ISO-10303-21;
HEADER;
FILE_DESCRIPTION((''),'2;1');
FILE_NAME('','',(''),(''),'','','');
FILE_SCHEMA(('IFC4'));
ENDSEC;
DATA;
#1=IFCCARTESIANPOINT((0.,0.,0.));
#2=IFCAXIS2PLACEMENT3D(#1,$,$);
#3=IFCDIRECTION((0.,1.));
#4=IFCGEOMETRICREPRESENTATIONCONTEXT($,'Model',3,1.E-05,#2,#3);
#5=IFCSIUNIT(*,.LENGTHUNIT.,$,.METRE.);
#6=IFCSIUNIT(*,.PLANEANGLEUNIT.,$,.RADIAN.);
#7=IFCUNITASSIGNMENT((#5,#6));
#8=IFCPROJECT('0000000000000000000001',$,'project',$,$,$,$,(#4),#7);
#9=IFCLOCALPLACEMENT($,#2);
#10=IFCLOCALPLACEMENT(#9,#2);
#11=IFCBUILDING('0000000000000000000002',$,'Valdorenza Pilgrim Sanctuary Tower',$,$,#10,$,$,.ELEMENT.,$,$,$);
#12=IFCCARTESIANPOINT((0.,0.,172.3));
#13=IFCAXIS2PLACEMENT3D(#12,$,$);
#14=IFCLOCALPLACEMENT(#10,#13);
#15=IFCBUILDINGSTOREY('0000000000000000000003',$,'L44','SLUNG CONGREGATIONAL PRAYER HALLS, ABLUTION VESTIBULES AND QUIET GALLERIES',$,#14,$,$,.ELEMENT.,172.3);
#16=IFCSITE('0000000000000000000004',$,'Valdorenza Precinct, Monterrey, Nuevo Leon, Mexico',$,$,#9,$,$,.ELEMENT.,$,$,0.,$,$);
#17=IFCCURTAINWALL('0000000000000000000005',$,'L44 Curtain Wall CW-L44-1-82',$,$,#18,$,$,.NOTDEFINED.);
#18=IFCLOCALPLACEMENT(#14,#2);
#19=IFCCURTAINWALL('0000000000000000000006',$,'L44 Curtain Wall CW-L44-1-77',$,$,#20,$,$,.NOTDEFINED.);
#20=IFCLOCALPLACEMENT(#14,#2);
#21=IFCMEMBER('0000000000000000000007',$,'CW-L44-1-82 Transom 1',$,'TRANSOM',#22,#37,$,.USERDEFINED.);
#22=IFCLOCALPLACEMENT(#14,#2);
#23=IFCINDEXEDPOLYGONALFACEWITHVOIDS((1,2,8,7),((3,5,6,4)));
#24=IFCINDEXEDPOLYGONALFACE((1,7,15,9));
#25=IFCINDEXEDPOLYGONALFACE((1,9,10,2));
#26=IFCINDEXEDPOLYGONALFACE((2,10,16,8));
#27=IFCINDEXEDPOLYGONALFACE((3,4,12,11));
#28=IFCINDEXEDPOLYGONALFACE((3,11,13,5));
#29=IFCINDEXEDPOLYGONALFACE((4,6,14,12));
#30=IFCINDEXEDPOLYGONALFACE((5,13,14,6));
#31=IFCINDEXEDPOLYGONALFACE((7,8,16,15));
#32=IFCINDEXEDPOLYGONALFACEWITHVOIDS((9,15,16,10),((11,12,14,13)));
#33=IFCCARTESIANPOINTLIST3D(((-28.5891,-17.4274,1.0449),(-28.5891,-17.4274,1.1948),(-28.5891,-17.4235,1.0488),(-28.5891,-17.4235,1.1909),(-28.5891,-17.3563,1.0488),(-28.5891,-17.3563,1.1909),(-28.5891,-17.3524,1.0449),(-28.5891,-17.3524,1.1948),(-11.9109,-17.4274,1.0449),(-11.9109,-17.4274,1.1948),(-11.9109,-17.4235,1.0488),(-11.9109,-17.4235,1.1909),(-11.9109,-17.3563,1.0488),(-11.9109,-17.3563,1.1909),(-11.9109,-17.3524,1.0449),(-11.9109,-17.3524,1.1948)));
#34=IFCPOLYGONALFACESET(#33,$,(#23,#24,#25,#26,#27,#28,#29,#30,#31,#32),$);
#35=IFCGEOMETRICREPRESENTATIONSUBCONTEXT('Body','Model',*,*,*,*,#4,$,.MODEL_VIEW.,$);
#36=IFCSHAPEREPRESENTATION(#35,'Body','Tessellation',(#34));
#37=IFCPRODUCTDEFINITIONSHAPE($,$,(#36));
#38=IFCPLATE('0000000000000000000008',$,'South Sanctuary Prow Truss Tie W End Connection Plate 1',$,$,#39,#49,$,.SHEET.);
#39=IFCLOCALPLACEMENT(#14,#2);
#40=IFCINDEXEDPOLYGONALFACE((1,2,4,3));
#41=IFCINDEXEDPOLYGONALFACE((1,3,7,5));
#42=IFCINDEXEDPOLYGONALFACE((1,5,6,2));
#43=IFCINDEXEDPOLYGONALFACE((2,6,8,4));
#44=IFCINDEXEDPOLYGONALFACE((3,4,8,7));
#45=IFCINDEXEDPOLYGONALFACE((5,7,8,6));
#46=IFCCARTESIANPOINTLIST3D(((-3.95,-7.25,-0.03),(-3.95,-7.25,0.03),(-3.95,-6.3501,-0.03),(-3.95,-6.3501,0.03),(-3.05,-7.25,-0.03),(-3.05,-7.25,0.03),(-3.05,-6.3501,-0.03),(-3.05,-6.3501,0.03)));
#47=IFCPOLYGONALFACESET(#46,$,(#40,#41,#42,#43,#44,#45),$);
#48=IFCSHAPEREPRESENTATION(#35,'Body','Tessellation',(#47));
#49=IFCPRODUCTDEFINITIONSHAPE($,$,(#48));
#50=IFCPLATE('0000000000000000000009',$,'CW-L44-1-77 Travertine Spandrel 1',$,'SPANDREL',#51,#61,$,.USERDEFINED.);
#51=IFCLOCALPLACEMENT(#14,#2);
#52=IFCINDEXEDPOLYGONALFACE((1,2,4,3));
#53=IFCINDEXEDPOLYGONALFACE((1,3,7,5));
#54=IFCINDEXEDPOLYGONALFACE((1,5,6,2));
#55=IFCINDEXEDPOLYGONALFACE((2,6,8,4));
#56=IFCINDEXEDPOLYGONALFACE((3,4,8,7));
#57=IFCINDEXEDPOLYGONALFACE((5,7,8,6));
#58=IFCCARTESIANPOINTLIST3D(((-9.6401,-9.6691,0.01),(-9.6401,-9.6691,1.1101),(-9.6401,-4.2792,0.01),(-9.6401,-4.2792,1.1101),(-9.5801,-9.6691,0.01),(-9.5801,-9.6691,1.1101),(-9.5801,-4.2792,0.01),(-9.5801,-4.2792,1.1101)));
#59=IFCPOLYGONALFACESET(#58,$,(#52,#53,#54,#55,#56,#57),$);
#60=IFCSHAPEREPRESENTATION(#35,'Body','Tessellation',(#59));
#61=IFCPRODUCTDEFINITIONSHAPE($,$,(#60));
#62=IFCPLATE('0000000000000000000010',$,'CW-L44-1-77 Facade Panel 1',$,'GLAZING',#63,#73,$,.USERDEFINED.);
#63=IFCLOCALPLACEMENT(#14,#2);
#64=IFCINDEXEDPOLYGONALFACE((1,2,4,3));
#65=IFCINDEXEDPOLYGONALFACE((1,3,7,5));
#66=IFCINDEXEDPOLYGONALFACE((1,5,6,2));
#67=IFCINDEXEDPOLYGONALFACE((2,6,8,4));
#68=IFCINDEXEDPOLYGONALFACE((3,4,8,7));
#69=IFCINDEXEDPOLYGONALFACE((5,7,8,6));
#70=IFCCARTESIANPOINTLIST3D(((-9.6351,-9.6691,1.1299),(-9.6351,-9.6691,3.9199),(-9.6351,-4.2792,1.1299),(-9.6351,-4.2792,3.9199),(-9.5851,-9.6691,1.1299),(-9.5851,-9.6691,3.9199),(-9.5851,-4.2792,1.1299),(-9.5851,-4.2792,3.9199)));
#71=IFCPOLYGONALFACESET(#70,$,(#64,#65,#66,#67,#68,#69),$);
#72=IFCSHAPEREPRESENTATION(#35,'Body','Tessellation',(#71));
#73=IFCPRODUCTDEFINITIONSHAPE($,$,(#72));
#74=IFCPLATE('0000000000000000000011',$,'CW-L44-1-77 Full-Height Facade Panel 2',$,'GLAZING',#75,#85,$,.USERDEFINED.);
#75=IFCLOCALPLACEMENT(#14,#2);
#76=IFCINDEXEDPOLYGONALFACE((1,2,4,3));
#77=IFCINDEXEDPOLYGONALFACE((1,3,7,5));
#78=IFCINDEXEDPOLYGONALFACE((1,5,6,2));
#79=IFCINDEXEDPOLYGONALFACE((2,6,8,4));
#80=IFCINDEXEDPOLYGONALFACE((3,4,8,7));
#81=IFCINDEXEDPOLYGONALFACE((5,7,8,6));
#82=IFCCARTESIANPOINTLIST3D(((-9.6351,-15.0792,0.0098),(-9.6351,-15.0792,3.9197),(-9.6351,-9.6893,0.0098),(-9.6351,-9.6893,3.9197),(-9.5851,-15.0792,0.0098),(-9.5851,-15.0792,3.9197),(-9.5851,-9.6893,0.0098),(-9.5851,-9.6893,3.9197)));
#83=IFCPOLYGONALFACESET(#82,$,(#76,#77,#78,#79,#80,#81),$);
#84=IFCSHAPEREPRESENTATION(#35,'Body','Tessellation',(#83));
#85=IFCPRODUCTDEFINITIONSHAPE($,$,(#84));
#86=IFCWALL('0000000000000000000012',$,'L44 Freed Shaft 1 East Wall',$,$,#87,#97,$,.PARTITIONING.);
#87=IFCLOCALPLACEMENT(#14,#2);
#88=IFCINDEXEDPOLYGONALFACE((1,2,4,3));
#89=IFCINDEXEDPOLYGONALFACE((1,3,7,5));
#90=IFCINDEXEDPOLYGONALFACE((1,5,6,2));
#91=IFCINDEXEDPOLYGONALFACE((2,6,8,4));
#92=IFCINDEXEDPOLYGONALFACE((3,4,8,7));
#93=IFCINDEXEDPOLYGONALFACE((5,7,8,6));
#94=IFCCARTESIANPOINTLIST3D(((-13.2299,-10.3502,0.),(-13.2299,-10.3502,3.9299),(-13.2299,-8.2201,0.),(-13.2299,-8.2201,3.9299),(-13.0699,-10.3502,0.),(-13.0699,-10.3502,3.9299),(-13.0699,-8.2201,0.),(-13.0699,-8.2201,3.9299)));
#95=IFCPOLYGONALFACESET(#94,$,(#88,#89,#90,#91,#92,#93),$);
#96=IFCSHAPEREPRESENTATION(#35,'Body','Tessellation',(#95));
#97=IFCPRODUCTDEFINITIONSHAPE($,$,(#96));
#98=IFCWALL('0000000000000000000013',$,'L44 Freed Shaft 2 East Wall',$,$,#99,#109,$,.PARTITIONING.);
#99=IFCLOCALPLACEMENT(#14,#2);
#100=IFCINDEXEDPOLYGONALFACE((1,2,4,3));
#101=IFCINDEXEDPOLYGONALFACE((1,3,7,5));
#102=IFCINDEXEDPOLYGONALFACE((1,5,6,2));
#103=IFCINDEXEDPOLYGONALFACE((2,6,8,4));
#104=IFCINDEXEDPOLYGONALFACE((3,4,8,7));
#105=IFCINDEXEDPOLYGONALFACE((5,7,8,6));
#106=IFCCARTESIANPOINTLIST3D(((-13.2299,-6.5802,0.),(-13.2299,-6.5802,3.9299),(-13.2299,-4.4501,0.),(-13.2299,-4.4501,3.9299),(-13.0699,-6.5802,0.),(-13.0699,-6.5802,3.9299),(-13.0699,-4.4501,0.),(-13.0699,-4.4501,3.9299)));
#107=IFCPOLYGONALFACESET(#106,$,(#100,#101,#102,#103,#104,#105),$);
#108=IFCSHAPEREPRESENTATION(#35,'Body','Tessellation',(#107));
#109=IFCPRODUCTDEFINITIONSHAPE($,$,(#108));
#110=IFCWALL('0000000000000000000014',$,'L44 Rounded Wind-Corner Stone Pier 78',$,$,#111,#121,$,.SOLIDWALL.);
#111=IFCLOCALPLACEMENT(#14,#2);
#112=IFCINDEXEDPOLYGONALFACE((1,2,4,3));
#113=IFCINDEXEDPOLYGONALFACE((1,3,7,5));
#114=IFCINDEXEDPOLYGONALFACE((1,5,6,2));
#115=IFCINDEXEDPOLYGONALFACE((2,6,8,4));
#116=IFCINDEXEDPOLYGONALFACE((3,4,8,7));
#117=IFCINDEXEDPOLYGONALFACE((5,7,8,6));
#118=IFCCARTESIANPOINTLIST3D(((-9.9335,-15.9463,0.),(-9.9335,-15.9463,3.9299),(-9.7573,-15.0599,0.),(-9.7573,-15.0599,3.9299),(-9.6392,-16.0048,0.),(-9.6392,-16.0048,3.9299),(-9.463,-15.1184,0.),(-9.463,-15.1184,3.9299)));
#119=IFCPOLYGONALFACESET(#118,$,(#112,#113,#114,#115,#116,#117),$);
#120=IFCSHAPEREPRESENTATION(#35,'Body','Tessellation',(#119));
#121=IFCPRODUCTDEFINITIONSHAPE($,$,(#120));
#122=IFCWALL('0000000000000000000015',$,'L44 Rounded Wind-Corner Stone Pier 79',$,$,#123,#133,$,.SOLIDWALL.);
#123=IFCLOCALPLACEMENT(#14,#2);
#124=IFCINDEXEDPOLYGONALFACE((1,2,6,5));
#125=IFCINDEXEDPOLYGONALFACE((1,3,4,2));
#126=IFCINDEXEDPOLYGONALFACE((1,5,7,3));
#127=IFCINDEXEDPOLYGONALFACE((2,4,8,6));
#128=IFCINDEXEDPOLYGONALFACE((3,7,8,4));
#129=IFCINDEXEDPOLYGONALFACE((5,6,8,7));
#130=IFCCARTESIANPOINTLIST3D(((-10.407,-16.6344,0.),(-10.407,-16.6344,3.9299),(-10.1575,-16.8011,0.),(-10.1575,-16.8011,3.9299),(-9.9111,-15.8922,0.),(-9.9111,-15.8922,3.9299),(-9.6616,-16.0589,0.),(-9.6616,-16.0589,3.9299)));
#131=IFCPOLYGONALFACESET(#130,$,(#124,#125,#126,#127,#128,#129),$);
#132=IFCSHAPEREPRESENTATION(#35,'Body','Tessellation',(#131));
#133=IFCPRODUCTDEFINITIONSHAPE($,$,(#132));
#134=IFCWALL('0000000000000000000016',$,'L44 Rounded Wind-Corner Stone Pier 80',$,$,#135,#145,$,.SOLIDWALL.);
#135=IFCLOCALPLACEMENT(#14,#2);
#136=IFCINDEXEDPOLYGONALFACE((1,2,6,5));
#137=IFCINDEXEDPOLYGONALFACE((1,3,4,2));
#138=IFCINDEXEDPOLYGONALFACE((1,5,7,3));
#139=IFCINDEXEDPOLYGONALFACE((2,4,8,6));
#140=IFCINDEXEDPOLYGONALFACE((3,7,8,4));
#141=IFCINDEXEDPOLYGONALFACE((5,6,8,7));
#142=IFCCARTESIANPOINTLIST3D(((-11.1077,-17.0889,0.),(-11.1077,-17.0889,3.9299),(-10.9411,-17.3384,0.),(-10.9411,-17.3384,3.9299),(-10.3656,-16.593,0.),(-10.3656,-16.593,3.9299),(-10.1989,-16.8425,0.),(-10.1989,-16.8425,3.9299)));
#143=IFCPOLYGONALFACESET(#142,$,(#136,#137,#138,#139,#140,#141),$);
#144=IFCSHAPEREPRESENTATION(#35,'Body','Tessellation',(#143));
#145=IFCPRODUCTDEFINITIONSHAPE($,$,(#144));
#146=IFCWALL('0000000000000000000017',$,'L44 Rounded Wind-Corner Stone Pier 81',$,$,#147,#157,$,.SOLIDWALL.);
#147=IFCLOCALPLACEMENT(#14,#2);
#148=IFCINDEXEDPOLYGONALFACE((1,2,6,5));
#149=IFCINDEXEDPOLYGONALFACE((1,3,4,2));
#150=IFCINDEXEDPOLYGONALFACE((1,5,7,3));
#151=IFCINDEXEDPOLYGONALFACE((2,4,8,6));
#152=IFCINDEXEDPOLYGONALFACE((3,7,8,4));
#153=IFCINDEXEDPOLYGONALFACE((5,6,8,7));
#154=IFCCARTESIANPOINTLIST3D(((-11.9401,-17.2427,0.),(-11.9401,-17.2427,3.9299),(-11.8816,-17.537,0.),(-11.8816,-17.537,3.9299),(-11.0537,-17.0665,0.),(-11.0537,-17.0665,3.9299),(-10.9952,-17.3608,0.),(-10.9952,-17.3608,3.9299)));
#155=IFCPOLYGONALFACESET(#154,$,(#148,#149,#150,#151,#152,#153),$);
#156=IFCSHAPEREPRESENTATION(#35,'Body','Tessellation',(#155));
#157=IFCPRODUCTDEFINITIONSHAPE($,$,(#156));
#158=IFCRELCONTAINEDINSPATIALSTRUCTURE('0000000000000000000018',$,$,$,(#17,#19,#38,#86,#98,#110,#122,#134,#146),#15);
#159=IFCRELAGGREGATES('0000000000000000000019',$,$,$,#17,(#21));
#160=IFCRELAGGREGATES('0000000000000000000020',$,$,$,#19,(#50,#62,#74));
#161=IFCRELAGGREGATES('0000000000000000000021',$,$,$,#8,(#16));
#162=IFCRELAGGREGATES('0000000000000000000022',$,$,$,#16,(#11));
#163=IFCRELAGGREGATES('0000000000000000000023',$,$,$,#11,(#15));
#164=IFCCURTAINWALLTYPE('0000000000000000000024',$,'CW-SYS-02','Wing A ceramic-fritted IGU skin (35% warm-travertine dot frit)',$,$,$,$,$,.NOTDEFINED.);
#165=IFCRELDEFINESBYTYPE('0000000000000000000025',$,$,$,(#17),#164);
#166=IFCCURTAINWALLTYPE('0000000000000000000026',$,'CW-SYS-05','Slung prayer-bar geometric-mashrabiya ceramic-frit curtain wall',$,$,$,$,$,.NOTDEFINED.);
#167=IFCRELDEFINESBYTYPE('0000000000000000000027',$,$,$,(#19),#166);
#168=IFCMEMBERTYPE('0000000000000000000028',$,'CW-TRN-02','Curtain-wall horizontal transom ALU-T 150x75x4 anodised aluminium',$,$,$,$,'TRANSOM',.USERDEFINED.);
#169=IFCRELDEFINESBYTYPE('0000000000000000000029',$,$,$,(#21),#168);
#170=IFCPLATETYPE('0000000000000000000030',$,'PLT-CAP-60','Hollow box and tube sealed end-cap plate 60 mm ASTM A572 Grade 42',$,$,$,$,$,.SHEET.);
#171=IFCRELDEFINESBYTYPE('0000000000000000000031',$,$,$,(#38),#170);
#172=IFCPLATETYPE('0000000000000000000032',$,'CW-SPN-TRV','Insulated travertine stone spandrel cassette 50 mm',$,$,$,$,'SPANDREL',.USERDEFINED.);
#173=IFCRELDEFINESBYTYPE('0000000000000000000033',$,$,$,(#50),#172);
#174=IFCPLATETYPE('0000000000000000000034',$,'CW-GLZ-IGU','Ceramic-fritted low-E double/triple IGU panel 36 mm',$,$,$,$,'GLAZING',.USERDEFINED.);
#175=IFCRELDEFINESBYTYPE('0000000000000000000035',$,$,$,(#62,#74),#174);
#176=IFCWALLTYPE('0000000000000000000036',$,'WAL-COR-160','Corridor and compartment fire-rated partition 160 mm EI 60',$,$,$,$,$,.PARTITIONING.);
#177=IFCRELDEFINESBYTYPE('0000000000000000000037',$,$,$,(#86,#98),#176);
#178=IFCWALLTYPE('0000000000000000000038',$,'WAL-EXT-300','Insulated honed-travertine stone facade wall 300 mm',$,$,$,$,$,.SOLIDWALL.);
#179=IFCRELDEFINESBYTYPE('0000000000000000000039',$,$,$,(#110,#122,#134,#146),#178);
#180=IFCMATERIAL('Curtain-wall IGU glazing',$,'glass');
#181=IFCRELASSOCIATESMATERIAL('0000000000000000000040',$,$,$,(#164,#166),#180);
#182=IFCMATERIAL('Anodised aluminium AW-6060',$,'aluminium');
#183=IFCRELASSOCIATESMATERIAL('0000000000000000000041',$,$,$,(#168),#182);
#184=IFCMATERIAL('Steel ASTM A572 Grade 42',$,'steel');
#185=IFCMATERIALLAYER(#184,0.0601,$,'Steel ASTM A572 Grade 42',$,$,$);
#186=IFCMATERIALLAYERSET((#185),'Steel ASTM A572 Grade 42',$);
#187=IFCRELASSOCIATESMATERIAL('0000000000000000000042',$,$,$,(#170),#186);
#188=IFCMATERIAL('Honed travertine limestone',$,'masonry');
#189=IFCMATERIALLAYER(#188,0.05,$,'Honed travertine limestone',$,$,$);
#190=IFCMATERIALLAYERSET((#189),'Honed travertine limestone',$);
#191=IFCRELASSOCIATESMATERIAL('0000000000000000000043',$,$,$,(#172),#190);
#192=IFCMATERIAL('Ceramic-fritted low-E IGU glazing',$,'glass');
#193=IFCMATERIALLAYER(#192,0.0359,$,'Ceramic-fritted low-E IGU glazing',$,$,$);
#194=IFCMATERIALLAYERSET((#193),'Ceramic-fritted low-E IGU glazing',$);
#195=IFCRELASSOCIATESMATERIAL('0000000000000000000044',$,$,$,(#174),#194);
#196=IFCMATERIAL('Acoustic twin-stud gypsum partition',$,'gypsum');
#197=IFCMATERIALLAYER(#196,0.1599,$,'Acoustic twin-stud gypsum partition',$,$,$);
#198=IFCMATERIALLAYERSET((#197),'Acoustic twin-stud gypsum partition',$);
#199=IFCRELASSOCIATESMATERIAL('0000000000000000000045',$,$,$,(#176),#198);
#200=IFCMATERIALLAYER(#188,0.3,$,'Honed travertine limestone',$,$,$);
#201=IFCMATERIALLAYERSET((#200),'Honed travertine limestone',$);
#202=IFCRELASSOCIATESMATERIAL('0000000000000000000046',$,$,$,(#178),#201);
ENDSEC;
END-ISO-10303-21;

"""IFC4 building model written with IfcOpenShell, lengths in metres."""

from ifc_helpers import new_model, si_unit, direction, frame, frame_2d, origin, origin_2d, place, context, subcontext, project, spatial, rectangle, hollow_rectangle, extrude, source, transform, mapped, material, layer, layer_set, material_profile, profile_set, type_object, element, aggregate, save


model = new_model("IFC4")

# Units and contexts
model_context = context("Model", 3, precision=1e-05, world=origin(), true_north=direction((0.0, 1.0)))
body_context = subcontext(model_context, "Body", "Model", "MODEL_VIEW")
ifc_project = project(units=[si_unit("LENGTHUNIT", "METRE"), si_unit("PLANEANGLEUNIT", "RADIAN")], contexts=[model_context])

# Site, building, storey
site_placement = place(None, origin())
site = spatial("IfcSite", under=ifc_project, at=site_placement, Name="Valdorenza Precinct, Monterrey, Nuevo Leon, Mexico", CompositionType="ELEMENT", RefElevation=0.0)
building_placement = place(site_placement, origin())
building = spatial("IfcBuilding", under=site, at=building_placement, Name="Valdorenza Pilgrim Sanctuary Tower", CompositionType="ELEMENT")
storey_placement = place(building_placement, frame((0.0, 0.0, 172.3)))
storey = spatial("IfcBuildingStorey", under=building, at=storey_placement, Name="L44", Description="SLUNG CONGREGATIONAL PRAYER HALLS, ABLUTION VESTIBULES AND QUIET GALLERIES", CompositionType="ELEMENT", Elevation=172.3)

# Shared definitions
ifc_material_1 = material(Name="Steel ASTM A572 Grade 42", Category="steel")

# Curtain wall
ifc_material_2 = material(Name="Curtain-wall IGU glazing", Category="glass")
curtain_wall_type_1 = type_object("IfcCurtainWallType", Name="CW-SYS-02", Description="Wing A ceramic-fritted IGU skin (35% warm-travertine dot frit)", PredefinedType="NOTDEFINED", material=ifc_material_2)
curtain_wall_1_placement = place(storey_placement, origin())
curtain_wall_1 = element("IfcCurtainWall", 1, at=curtain_wall_1_placement, inside=storey, type_object=curtain_wall_type_1, Name="L44 Curtain Wall CW-L44-1-82", PredefinedType="NOTDEFINED")
ifc_material_3 = material(Name="Anodised aluminium AW-6060", Category="aluminium")

# Curtain wall
curtain_wall_type_2 = type_object("IfcCurtainWallType", Name="CW-SYS-05", Description="Slung prayer-bar geometric-mashrabiya ceramic-frit curtain wall", PredefinedType="NOTDEFINED", material=ifc_material_2)
curtain_wall_2_placement = place(storey_placement, origin())
curtain_wall_2 = element("IfcCurtainWall", 2, at=curtain_wall_2_placement, inside=storey, type_object=curtain_wall_type_2, Name="L44 Curtain Wall CW-L44-1-77", PredefinedType="NOTDEFINED")

# Member
ifc_material_profile_1 = material_profile(ifc_material_3, hollow_rectangle(XDim=0.075, YDim=0.1499, WallThickness=0.0039, at=origin_2d()), Name="ALU-T 150x75x4")
ifc_profile_set_1 = profile_set([ifc_material_profile_1], Name="Anodised aluminium AW-6060")
member_type_1 = type_object("IfcMemberType", Name="CW-TRN-02", Description="Curtain-wall horizontal transom ALU-T 150x75x4 anodised aluminium", ElementType="TRANSOM", PredefinedType="USERDEFINED", material=ifc_profile_set_1)
shared_shape_1 = source(origin(), body_context, "Body", "SweptSolid", [
    extrude(hollow_rectangle(XDim=0.075, YDim=0.1499, WallThickness=0.0039, at=origin_2d()), origin(), (0.0, 0.0, 1.0), 16.6782),
])
member_1_placement = place(storey_placement, frame((-11.9109, -17.3899, 1.1199), z_axis=(-1.0, 0.0, 0.0), x_axis=(0.0, -1.0, 0.0)))
member_1 = element("IfcMember", 3, at=member_1_placement, type_object=member_type_1, Name="CW-L44-1-82 Transom 1", ObjectType="TRANSOM", PredefinedType="USERDEFINED", context=body_context, shape_type="MappedRepresentation", body=[
    mapped(shared_shape_1, transform((0.0, 0.0, 0.0), x_axis=(1.0, 0.0, 0.0), y_axis=(0.0, 1.0, 0.0), z_axis=(0.0, 0.0, 1.0), scale=1.0)),
])
aggregate(curtain_wall_1, [member_1])

# Plates
ifc_layer_1 = layer(ifc_material_1, 0.0601, Name="Steel ASTM A572 Grade 42")
ifc_layer_set_1 = layer_set([ifc_layer_1], Name="Steel ASTM A572 Grade 42")
plate_type_1 = type_object("IfcPlateType", Name="PLT-CAP-60", Description="Hollow box and tube sealed end-cap plate 60 mm ASTM A572 Grade 42", PredefinedType="SHEET", material=ifc_layer_set_1)
shared_shape_2 = source(origin(), body_context, "Body", "SweptSolid", [
    extrude(rectangle(XDim=0.8999, YDim=0.8999, at=origin_2d()), origin(), (0.0, 0.0, 1.0), 0.0601),
])
plate_1_placement = place(storey_placement, frame((-3.5, -6.8, -0.03), z_axis=(0.0, 0.0, 1.0), x_axis=(1.0, 0.0, 0.0)))
element("IfcPlate", 4, at=plate_1_placement, inside=storey, type_object=plate_type_1, Name="South Sanctuary Prow Truss Tie W End Connection Plate 1", PredefinedType="SHEET", context=body_context, shape_type="MappedRepresentation", body=[
    mapped(shared_shape_2, transform((0.0, 0.0, 0.0), x_axis=(1.0, 0.0, 0.0), y_axis=(0.0, 1.0, 0.0), z_axis=(0.0, 0.0, 1.0), scale=1.0)),
])
ifc_material_4 = material(Name="Honed travertine limestone", Category="masonry")
ifc_layer_2 = layer(ifc_material_4, 0.05, Name="Honed travertine limestone")
ifc_layer_set_2 = layer_set([ifc_layer_2], Name="Honed travertine limestone")
plate_type_2 = type_object("IfcPlateType", Name="CW-SPN-TRV", Description="Insulated travertine stone spandrel cassette 50 mm", ElementType="SPANDREL", PredefinedType="USERDEFINED", material=ifc_layer_set_2)
shared_shape_3 = source(origin(), body_context, "Body", "SweptSolid", [
    extrude(rectangle(XDim=5.3899, YDim=0.0601, at=origin_2d()), origin(), (0.0, 0.0, 1.0), 1.1001),
])
plate_2_placement = place(storey_placement, frame((-9.6101, -6.9741, 0.01), z_axis=(0.0, 0.0, 1.0), x_axis=(0.0, -1.0, 0.0)))
plate_2 = element("IfcPlate", 5, at=plate_2_placement, type_object=plate_type_2, Name="CW-L44-1-77 Travertine Spandrel 1", ObjectType="SPANDREL", PredefinedType="USERDEFINED", context=body_context, shape_type="MappedRepresentation", body=[
    mapped(shared_shape_3, transform((0.0, 0.0, 0.0), x_axis=(1.0, 0.0, 0.0), y_axis=(0.0, 1.0, 0.0), z_axis=(0.0, 0.0, 1.0), scale=1.0)),
])
ifc_material_5 = material(Name="Ceramic-fritted low-E IGU glazing", Category="glass")
ifc_layer_3 = layer(ifc_material_5, 0.0359, Name="Ceramic-fritted low-E IGU glazing")
ifc_layer_set_3 = layer_set([ifc_layer_3], Name="Ceramic-fritted low-E IGU glazing")
plate_type_3 = type_object("IfcPlateType", Name="CW-GLZ-IGU", Description="Ceramic-fritted low-E double/triple IGU panel 36 mm", ElementType="GLAZING", PredefinedType="USERDEFINED", material=ifc_layer_set_3)
shared_shape_4 = source(origin(), body_context, "Body", "SweptSolid", [
    extrude(rectangle(XDim=5.3899, YDim=0.05, at=origin_2d()), origin(), (0.0, 0.0, 1.0), 2.79),
])
plate_3_placement = place(storey_placement, frame((-9.6101, -6.9741, 1.1299), z_axis=(0.0, 0.0, 1.0), x_axis=(0.0, -1.0, 0.0)))
plate_3 = element("IfcPlate", 6, at=plate_3_placement, type_object=plate_type_3, Name="CW-L44-1-77 Facade Panel 1", ObjectType="GLAZING", PredefinedType="USERDEFINED", context=body_context, shape_type="MappedRepresentation", body=[
    mapped(shared_shape_4, transform((0.0, 0.0, 0.0), x_axis=(1.0, 0.0, 0.0), y_axis=(0.0, 1.0, 0.0), z_axis=(0.0, 0.0, 1.0), scale=1.0)),
])
shared_shape_5 = source(origin(), body_context, "Body", "SweptSolid", [
    extrude(rectangle(XDim=5.3899, YDim=0.05, at=origin_2d()), origin(), (0.0, 0.0, 1.0), 3.9099),
])
plate_4_placement = place(storey_placement, frame((-9.6101, -12.3843, 0.0098), z_axis=(0.0, 0.0, 1.0), x_axis=(0.0, -1.0, 0.0)))
plate_4 = element("IfcPlate", 7, at=plate_4_placement, type_object=plate_type_3, Name="CW-L44-1-77 Full-Height Facade Panel 2", ObjectType="GLAZING", PredefinedType="USERDEFINED", context=body_context, shape_type="MappedRepresentation", body=[
    mapped(shared_shape_5, transform((0.0, 0.0, 0.0), x_axis=(1.0, 0.0, 0.0), y_axis=(0.0, 1.0, 0.0), z_axis=(0.0, 0.0, 1.0), scale=1.0)),
])
aggregate(curtain_wall_2, [plate_2, plate_3, plate_4])

# Walls
ifc_material_6 = material(Name="Acoustic twin-stud gypsum partition", Category="gypsum")
ifc_layer_4 = layer(ifc_material_6, 0.1599, Name="Acoustic twin-stud gypsum partition")
ifc_layer_set_4 = layer_set([ifc_layer_4], Name="Acoustic twin-stud gypsum partition")
wall_type_1 = type_object("IfcWallType", Name="WAL-COR-160", Description="Corridor and compartment fire-rated partition 160 mm EI 60", PredefinedType="PARTITIONING", material=ifc_layer_set_4)
for number, where, z_axis, x_axis, name in (
    (8, (-13.1499, -10.3501, 0.0), (0.0, 0.0, 1.0), (0.0, 1.0, 0.0), "L44 Freed Shaft 1 East Wall"),
    (9, (-13.1499, -6.5801, 0.0), (0.0, 0.0, 1.0), (0.0, 1.0, 0.0), "L44 Freed Shaft 2 East Wall"),
):
    element("IfcWall", number, at=place(storey_placement, frame(where, z_axis=z_axis, x_axis=x_axis)), inside=storey, type_object=wall_type_1, Name=name, PredefinedType="PARTITIONING", context=body_context, shape_type="SweptSolid", body=[
        extrude(rectangle(XDim=2.1301, YDim=0.1599, at=frame_2d((1.0649, 0.0))), origin(), (0.0, 0.0, 1.0), 3.9299),
    ])
ifc_layer_5 = layer(ifc_material_4, 0.3, Name="Honed travertine limestone")
ifc_layer_set_5 = layer_set([ifc_layer_5], Name="Honed travertine limestone")
wall_type_2 = type_object("IfcWallType", Name="WAL-EXT-300", Description="Insulated honed-travertine stone facade wall 300 mm", PredefinedType="SOLIDWALL", material=ifc_layer_set_5)
wall_1_placement = place(storey_placement, frame((-9.6101, -15.0891, 0.0), z_axis=(0.0, 0.0, 1.0), x_axis=(-0.195025, -0.980798, 0.0)))
element("IfcWall", 10, at=wall_1_placement, inside=storey, type_object=wall_type_2, Name="L44 Rounded Wind-Corner Stone Pier 78", PredefinedType="SOLIDWALL", context=body_context, shape_type="SweptSolid", body=[
    extrude(rectangle(XDim=0.9038, YDim=0.3, at=frame_2d((0.4519, 0.0))), origin(), (0.0, 0.0, 1.0), 3.9299),
])
for number, where, z_axis, x_axis, name in (
    (11, (-9.7864, -15.9756, 0.0), (0.0, 0.0, 1.0), (-0.55552, -0.831503, 0.0), "L44 Rounded Wind-Corner Stone Pier 79"),
    (12, (-10.2822, -16.7178, 0.0), (0.0, 0.0, 1.0), (-0.831503, -0.55552, 0.0), "L44 Rounded Wind-Corner Stone Pier 80"),
):
    element("IfcWall", number, at=place(storey_placement, frame(where, z_axis=z_axis, x_axis=x_axis)), inside=storey, type_object=wall_type_2, Name=name, PredefinedType="SOLIDWALL", context=body_context, shape_type="SweptSolid", body=[
        extrude(rectangle(XDim=0.8926, YDim=0.3, at=frame_2d((0.4463, 0.0))), origin(), (0.0, 0.0, 1.0), 3.9299),
    ])
wall_2_placement = place(storey_placement, frame((-11.0244, -17.2136, 0.0), z_axis=(0.0, 0.0, 1.0), x_axis=(-0.980798, -0.195025, 0.0)))
element("IfcWall", 13, at=wall_2_placement, inside=storey, type_object=wall_type_2, Name="L44 Rounded Wind-Corner Stone Pier 81", PredefinedType="SOLIDWALL", context=body_context, shape_type="SweptSolid", body=[
    extrude(rectangle(XDim=0.9038, YDim=0.3, at=frame_2d((0.4519, 0.0))), origin(), (0.0, 0.0, 1.0), 3.9299),
])

save(model, "model.ifc")
